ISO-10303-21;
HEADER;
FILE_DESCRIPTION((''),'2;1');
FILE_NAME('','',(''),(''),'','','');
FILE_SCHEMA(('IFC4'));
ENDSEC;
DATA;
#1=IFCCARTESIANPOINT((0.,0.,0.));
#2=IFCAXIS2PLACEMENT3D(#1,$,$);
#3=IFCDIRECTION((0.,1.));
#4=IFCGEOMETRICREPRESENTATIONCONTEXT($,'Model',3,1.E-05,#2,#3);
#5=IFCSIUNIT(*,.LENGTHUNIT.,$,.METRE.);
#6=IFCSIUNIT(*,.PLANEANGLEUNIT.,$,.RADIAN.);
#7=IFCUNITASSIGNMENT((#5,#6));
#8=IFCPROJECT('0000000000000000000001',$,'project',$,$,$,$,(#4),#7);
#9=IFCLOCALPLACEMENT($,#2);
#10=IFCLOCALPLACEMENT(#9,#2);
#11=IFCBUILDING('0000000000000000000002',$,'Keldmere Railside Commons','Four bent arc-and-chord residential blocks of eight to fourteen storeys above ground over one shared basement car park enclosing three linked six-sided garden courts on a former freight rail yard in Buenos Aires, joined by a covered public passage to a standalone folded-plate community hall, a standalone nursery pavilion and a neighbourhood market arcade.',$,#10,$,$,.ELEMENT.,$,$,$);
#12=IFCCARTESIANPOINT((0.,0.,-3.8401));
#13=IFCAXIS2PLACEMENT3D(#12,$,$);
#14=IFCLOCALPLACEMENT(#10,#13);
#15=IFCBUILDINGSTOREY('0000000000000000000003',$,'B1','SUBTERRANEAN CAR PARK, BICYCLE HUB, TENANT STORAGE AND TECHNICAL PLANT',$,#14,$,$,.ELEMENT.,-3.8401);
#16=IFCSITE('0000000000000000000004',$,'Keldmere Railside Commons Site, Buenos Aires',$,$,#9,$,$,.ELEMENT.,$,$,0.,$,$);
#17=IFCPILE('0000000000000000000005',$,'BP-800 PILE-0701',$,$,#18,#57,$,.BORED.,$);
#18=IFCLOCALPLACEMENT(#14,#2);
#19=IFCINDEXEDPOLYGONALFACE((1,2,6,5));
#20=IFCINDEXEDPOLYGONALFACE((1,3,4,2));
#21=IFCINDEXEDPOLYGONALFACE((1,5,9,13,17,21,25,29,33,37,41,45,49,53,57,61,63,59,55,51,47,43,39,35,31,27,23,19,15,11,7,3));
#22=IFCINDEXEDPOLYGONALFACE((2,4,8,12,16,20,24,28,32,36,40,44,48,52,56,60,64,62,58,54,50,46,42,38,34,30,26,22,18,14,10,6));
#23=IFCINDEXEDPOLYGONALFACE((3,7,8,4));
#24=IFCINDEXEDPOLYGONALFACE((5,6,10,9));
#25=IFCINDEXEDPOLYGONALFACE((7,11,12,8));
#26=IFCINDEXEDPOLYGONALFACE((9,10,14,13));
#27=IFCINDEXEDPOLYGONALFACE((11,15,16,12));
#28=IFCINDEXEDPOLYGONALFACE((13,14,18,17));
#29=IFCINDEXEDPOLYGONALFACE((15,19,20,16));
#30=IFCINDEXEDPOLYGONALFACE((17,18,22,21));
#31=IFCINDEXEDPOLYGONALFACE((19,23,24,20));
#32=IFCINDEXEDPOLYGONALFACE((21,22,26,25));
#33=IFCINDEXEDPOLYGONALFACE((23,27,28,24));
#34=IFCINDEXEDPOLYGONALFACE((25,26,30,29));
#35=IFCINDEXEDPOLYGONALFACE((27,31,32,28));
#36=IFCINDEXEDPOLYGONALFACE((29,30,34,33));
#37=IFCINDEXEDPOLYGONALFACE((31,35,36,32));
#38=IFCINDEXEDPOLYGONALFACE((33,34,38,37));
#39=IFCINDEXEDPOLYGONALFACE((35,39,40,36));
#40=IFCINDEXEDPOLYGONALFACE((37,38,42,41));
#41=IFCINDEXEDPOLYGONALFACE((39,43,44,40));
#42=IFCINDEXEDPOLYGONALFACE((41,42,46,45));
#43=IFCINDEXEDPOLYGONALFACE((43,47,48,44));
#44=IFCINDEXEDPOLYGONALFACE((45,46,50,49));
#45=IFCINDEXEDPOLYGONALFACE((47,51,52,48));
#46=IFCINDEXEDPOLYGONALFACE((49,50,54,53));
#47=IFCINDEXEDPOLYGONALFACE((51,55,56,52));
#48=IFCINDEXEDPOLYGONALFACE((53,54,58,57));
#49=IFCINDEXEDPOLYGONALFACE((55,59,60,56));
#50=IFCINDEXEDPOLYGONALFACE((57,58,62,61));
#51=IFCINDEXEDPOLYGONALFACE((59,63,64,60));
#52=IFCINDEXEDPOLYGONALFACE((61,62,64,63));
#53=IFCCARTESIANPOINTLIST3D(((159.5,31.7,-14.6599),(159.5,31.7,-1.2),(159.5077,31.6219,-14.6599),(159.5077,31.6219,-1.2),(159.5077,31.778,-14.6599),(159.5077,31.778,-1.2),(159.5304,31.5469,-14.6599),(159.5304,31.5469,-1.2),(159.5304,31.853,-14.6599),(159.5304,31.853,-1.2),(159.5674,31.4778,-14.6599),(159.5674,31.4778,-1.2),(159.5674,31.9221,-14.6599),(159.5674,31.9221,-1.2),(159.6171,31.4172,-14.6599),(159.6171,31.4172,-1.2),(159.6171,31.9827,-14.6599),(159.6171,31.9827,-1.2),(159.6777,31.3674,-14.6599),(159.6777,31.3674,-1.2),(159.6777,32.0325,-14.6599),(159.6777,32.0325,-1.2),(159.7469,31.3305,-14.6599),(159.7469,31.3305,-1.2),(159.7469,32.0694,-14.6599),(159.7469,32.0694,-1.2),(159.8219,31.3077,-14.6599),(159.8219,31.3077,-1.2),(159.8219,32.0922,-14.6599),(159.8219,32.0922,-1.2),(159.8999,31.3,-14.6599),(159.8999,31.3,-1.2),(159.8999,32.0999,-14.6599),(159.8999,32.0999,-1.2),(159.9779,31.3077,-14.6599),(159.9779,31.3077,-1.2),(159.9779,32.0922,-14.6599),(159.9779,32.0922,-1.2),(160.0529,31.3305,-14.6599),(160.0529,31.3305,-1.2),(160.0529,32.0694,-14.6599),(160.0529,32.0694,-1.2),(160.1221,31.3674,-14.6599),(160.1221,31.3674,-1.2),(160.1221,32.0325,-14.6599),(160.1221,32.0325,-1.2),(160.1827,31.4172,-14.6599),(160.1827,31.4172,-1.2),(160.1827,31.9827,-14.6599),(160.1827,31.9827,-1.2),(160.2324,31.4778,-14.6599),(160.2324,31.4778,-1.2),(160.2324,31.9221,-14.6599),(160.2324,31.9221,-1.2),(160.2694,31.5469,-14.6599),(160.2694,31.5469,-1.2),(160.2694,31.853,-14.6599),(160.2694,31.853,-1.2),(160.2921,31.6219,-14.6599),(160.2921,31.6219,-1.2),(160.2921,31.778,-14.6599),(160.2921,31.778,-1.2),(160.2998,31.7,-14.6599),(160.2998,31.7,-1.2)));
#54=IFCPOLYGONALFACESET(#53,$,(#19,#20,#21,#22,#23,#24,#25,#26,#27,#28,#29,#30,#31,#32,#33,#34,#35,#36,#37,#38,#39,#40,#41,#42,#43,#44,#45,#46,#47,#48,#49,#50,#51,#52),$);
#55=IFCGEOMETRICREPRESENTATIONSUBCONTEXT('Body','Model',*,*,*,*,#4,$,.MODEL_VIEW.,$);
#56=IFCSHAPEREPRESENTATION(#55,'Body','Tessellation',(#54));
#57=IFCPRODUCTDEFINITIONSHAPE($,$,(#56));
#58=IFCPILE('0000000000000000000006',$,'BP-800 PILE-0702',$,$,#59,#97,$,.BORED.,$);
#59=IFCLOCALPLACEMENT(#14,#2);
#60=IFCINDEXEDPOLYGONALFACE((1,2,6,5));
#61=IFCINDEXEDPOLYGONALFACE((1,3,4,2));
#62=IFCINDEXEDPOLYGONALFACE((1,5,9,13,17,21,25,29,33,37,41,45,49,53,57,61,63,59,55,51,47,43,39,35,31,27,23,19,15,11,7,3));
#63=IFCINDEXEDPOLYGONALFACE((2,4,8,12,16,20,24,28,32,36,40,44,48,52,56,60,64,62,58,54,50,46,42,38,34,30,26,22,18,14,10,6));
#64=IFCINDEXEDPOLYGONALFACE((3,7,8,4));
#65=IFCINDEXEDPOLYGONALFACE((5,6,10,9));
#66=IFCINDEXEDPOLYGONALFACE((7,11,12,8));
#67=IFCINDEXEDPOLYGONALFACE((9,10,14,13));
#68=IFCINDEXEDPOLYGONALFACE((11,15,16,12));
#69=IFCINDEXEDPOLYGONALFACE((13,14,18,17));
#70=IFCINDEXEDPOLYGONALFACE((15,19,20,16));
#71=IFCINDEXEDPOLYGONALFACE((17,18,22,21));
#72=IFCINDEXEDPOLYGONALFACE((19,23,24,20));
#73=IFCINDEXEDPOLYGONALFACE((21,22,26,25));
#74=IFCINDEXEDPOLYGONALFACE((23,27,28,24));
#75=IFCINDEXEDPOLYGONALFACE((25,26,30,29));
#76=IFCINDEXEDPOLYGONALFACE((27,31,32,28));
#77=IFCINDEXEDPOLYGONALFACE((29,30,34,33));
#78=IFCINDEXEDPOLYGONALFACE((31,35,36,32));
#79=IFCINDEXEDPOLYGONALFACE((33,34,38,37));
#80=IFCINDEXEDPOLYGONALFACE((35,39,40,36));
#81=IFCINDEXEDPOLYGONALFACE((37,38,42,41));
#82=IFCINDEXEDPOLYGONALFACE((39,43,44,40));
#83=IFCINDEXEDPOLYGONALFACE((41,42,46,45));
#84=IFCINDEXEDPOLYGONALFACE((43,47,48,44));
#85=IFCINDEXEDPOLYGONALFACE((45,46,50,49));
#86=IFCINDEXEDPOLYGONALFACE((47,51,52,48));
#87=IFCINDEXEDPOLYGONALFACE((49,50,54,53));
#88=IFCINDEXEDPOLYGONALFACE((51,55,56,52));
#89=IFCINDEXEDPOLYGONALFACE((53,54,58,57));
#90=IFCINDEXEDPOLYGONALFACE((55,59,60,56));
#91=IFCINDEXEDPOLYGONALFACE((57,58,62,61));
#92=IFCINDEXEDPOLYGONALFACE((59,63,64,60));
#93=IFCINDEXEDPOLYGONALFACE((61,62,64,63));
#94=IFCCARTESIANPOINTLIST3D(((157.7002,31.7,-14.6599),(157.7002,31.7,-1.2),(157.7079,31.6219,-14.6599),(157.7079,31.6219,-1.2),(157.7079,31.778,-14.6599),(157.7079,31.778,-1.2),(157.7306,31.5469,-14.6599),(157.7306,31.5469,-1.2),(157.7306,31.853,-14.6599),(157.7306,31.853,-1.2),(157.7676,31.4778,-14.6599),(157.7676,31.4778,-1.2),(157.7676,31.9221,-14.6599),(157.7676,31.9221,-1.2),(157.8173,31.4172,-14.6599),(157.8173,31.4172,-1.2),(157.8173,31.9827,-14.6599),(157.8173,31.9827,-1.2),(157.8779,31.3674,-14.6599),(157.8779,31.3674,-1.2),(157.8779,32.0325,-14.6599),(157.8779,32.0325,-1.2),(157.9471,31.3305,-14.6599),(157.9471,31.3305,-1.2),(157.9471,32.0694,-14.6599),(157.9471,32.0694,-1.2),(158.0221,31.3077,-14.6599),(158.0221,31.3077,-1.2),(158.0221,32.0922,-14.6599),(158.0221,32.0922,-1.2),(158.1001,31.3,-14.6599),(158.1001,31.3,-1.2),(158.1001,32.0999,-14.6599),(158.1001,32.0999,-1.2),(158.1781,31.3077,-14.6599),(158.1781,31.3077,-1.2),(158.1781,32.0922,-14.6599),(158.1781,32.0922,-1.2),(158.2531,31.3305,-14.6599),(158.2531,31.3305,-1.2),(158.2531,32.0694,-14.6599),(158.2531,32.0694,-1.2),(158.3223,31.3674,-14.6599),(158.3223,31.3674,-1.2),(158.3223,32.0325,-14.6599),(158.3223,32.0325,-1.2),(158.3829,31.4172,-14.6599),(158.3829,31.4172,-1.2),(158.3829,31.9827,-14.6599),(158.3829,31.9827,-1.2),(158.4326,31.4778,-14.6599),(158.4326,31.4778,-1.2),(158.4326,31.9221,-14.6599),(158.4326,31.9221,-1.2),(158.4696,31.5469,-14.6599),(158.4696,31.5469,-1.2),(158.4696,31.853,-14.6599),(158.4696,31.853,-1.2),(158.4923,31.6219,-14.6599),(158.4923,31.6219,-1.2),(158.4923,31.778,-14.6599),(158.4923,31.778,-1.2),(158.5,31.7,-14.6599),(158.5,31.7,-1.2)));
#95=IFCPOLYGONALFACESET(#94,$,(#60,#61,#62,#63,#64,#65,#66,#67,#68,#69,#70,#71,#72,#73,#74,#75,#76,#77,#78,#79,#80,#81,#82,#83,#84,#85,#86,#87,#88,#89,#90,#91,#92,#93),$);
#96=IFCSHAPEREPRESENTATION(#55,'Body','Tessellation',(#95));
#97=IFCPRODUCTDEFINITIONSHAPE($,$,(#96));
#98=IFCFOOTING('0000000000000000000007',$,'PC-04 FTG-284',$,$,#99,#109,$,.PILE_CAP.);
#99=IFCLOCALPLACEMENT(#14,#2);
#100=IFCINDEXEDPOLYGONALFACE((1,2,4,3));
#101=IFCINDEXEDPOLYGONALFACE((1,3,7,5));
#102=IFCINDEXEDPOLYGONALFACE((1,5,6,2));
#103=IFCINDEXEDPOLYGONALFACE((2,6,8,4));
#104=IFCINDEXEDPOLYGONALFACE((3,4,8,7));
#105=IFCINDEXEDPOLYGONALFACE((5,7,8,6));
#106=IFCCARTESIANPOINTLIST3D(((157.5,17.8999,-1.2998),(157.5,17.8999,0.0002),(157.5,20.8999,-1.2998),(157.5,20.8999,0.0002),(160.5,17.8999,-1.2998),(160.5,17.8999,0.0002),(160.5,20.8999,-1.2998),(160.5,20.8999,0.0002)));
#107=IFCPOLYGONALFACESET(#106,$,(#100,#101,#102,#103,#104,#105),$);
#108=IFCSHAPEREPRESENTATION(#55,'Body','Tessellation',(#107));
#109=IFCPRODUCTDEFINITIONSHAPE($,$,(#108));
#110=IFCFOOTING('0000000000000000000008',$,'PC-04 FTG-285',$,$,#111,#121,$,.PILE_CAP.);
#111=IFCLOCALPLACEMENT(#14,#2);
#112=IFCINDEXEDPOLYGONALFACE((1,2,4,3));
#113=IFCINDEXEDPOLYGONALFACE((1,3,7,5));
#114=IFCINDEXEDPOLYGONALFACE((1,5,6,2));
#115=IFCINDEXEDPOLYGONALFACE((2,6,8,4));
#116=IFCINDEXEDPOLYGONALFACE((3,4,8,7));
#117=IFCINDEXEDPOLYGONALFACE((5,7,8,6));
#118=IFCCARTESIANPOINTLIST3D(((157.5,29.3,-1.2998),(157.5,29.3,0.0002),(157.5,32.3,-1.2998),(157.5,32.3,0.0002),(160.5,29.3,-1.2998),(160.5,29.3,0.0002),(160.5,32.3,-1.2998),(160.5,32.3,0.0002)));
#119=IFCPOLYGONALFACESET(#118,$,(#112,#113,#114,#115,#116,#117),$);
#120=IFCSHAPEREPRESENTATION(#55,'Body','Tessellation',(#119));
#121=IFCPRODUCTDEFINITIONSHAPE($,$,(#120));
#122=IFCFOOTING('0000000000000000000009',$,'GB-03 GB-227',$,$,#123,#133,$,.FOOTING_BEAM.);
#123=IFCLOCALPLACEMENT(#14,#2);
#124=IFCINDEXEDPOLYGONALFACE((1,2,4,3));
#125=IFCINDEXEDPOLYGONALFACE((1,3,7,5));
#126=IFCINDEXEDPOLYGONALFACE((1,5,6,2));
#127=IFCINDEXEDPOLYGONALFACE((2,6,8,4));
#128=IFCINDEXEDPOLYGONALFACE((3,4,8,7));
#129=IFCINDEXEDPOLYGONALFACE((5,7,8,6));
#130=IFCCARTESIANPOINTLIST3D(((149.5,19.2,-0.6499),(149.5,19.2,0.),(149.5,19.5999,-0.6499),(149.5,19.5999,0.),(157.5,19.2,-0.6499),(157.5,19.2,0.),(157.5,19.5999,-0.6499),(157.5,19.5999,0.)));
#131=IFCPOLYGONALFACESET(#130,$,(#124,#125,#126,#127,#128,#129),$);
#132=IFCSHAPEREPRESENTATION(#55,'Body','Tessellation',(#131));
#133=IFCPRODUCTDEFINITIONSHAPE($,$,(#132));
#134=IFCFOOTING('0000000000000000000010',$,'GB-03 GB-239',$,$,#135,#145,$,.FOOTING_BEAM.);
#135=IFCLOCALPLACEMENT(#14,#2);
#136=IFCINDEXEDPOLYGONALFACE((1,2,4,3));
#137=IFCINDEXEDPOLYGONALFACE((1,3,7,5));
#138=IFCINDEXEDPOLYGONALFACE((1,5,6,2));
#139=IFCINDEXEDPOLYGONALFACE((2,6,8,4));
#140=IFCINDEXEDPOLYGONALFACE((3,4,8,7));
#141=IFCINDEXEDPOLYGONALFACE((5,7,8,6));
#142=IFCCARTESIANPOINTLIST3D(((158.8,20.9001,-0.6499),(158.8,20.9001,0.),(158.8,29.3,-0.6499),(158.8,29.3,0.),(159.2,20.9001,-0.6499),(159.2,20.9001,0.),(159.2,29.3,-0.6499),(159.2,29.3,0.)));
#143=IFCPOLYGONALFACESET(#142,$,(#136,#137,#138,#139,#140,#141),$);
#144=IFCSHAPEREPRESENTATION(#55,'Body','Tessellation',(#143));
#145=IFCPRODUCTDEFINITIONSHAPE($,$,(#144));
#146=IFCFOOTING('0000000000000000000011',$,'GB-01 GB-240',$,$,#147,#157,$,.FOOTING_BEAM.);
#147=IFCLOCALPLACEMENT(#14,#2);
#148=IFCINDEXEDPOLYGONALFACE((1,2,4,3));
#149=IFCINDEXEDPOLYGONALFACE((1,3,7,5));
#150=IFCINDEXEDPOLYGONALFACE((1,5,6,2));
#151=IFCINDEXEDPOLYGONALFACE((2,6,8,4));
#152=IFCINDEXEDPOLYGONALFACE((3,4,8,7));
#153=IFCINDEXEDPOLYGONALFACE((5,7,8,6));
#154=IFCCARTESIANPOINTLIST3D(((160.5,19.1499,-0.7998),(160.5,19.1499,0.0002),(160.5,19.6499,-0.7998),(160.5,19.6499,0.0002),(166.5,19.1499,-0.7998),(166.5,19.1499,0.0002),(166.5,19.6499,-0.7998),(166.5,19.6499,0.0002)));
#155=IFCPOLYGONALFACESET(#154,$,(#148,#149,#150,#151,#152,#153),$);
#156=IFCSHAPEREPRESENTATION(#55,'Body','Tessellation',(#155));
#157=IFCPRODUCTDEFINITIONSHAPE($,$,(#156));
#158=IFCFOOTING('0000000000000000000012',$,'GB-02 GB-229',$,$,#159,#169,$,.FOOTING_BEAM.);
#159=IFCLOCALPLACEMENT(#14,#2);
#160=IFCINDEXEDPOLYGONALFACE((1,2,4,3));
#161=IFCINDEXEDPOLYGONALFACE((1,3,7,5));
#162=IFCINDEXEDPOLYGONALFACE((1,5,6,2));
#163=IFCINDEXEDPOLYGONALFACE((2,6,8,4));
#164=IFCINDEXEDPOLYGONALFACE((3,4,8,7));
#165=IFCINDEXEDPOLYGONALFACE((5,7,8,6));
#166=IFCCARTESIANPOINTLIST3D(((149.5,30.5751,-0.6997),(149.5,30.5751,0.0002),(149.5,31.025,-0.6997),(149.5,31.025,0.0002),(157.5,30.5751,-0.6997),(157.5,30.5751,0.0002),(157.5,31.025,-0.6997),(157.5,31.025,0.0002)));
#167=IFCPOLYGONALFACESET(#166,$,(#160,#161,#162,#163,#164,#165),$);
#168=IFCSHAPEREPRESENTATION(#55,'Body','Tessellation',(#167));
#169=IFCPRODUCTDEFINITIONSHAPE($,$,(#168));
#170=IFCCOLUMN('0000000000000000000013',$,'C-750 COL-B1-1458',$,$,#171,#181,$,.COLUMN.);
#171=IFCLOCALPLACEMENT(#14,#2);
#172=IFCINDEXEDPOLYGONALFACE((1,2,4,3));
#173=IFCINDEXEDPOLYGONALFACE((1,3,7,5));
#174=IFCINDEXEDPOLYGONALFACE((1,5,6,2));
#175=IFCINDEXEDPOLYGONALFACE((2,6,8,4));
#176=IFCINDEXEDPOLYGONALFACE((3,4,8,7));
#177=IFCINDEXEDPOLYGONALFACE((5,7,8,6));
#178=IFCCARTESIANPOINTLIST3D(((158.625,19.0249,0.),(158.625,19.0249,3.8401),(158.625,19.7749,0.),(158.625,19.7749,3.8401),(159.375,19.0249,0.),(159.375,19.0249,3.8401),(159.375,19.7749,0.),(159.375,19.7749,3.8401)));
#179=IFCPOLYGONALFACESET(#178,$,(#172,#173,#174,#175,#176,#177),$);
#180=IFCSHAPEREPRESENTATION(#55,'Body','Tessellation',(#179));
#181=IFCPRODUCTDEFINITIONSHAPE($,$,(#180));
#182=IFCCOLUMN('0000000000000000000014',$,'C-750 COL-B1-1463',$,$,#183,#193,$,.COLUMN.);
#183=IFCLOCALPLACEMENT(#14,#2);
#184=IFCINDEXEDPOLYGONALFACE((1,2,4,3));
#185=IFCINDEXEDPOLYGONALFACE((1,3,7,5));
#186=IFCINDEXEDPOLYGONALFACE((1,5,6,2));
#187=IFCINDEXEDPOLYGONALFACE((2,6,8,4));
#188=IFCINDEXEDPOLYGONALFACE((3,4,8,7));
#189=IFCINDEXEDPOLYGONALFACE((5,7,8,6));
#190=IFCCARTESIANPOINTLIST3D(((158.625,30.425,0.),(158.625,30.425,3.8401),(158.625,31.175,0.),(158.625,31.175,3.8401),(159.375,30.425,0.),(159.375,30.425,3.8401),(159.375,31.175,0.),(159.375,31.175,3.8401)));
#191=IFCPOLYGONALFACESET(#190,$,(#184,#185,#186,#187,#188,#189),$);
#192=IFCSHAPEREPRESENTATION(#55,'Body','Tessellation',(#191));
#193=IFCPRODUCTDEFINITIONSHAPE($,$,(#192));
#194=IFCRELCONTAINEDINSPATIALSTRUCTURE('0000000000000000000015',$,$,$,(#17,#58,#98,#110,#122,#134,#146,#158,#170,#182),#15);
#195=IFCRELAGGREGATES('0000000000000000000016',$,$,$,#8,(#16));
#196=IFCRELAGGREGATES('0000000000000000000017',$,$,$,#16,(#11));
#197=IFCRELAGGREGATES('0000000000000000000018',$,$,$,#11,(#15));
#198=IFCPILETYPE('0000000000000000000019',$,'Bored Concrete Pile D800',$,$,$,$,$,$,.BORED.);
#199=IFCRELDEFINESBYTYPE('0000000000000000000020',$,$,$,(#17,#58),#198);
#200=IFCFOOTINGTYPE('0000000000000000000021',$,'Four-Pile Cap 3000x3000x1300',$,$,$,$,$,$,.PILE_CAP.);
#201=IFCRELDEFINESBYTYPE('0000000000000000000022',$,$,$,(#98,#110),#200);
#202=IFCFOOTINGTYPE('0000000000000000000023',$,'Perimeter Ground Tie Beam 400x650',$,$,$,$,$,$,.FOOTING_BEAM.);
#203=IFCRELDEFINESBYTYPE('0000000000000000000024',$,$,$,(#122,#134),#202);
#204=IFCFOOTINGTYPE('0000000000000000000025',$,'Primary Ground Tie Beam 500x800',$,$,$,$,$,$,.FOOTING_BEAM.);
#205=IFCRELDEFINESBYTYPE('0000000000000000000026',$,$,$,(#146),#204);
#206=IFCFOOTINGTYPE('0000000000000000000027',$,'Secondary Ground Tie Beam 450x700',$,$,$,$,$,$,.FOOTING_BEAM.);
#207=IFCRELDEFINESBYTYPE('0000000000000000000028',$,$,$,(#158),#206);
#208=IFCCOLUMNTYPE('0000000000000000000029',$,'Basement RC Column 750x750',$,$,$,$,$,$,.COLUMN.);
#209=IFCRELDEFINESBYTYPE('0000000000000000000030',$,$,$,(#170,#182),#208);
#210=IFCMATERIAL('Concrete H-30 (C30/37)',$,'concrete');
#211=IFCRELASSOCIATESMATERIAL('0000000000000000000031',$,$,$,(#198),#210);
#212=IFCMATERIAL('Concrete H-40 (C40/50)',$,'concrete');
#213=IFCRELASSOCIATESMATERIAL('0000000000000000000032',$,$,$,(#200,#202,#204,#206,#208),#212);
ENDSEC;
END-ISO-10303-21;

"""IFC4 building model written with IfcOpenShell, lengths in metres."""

from ifc_helpers import new_model, si_unit, direction, frame, origin, origin_2d, place, context, subcontext, project, spatial, rectangle, circle, extrude, material, material_profile, profile_set, type_object, element, save


model = new_model("IFC4")

# Units and contexts
model_context = context("Model", 3, precision=1e-05, world=origin(), true_north=direction((0.0, 1.0)))
body_context = subcontext(model_context, "Body", "Model", "MODEL_VIEW")
ifc_project = project(units=[si_unit("LENGTHUNIT", "METRE"), si_unit("PLANEANGLEUNIT", "RADIAN")], contexts=[model_context])

# Site, building, storey
site_placement = place(None, origin())
site = spatial("IfcSite", under=ifc_project, at=site_placement, Name="Keldmere Railside Commons Site, Buenos Aires", CompositionType="ELEMENT", RefElevation=0.0)
building_placement = place(site_placement, origin())
building = spatial("IfcBuilding", under=site, at=building_placement, Name="Keldmere Railside Commons", Description="Four bent arc-and-chord residential blocks of eight to fourteen storeys above ground over one shared basement car park enclosing three linked six-sided garden courts on a former freight rail yard in Buenos Aires, joined by a covered public passage to a standalone folded-plate community hall, a standalone nursery pavilion and a neighbourhood market arcade.", CompositionType="ELEMENT")
storey_placement = place(building_placement, frame((0.0, 0.0, -3.8401)))
storey = spatial("IfcBuildingStorey", under=building, at=storey_placement, Name="B1", Description="SUBTERRANEAN CAR PARK, BICYCLE HUB, TENANT STORAGE AND TECHNICAL PLANT", CompositionType="ELEMENT", Elevation=-3.8401)

# Piles
ifc_material_1 = material(Name="Concrete H-30 (C30/37)", Category="concrete")
ifc_material_profile_1 = material_profile(ifc_material_1, circle(Radius=0.3999, at=origin_2d()), Name="PILE-D800")
ifc_profile_set_1 = profile_set([ifc_material_profile_1], Name="Concrete H-30 (C30/37)")
pile_type = type_object("IfcPileType", Name="Bored Concrete Pile D800", PredefinedType="BORED", material=ifc_profile_set_1)
for number, where, z_axis, x_axis, name in (
    (1, (159.8999, 31.7, -1.2), (0.0, 0.0, -1.0), (1.0, 0.0, 0.0), "BP-800 PILE-0701"),
    (2, (158.1001, 31.7, -1.2), (0.0, 0.0, -1.0), (1.0, 0.0, 0.0), "BP-800 PILE-0702"),
):
    element("IfcPile", number, at=place(storey_placement, frame(where, z_axis=z_axis, x_axis=x_axis)), inside=storey, type_object=pile_type, Name=name, PredefinedType="BORED", context=body_context, shape_type="SweptSolid", body=[
        extrude(circle(Radius=0.3999, at=origin_2d()), origin(), (0.0, 0.0, 1.0), 13.46),
    ])

# Footings
ifc_material_2 = material(Name="Concrete H-40 (C40/50)", Category="concrete")
footing_type_1 = type_object("IfcFootingType", Name="Four-Pile Cap 3000x3000x1300", PredefinedType="PILE_CAP", material=ifc_material_2)
for number, where, z_axis, x_axis, name in (
    (3, (159.0, 19.3999, -1.2998), (0.0, 0.0, 1.0), (1.0, 0.0, 0.0), "PC-04 FTG-284"),
    (4, (159.0, 30.8, -1.2998), (0.0, 0.0, 1.0), (1.0, 0.0, 0.0), "PC-04 FTG-285"),
):
    element("IfcFooting", number, at=place(storey_placement, frame(where, z_axis=z_axis, x_axis=x_axis)), inside=storey, type_object=footing_type_1, Name=name, PredefinedType="PILE_CAP", context=body_context, shape_type="SweptSolid", body=[
        extrude(rectangle(XDim=3.0, YDim=3.0, at=origin_2d()), origin(), (0.0, 0.0, 1.0), 1.3),
    ])
footing_type_2 = type_object("IfcFootingType", Name="Perimeter Ground Tie Beam 400x650", PredefinedType="FOOTING_BEAM", material=ifc_material_2)
footing_1_placement = place(storey_placement, frame((153.5, 19.3999, -0.6499), z_axis=(0.0, 0.0, 1.0), x_axis=(1.0, 0.0, 0.0)))
element("IfcFooting", 5, at=footing_1_placement, inside=storey, type_object=footing_type_2, Name="GB-03 GB-227", PredefinedType="FOOTING_BEAM", context=body_context, shape_type="SweptSolid", body=[
    extrude(rectangle(XDim=8.0, YDim=0.3999, at=origin_2d()), origin(), (0.0, 0.0, 1.0), 0.6499),
])
footing_2_placement = place(storey_placement, frame((159.0, 25.1001, -0.6499), z_axis=(0.0, 0.0, 1.0), x_axis=(0.0, 1.0, 0.0)))
element("IfcFooting", 6, at=footing_2_placement, inside=storey, type_object=footing_type_2, Name="GB-03 GB-239", PredefinedType="FOOTING_BEAM", context=body_context, shape_type="SweptSolid", body=[
    extrude(rectangle(XDim=8.3999, YDim=0.3999, at=origin_2d()), origin(), (0.0, 0.0, 1.0), 0.6499),
])
footing_type_3 = type_object("IfcFootingType", Name="Primary Ground Tie Beam 500x800", PredefinedType="FOOTING_BEAM", material=ifc_material_2)
footing_3_placement = place(storey_placement, frame((163.5, 19.3999, -0.7998), z_axis=(0.0, 0.0, 1.0), x_axis=(1.0, 0.0, 0.0)))
element("IfcFooting", 7, at=footing_3_placement, inside=storey, type_object=footing_type_3, Name="GB-01 GB-240", PredefinedType="FOOTING_BEAM", context=body_context, shape_type="SweptSolid", body=[
    extrude(rectangle(XDim=6.0, YDim=0.5, at=origin_2d()), origin(), (0.0, 0.0, 1.0), 0.8),
])
footing_type_4 = type_object("IfcFootingType", Name="Secondary Ground Tie Beam 450x700", PredefinedType="FOOTING_BEAM", material=ifc_material_2)
footing_4_placement = place(storey_placement, frame((153.5, 30.8, -0.6997), z_axis=(0.0, 0.0, 1.0), x_axis=(1.0, 0.0, 0.0)))
element("IfcFooting", 8, at=footing_4_placement, inside=storey, type_object=footing_type_4, Name="GB-02 GB-229", PredefinedType="FOOTING_BEAM", context=body_context, shape_type="SweptSolid", body=[
    extrude(rectangle(XDim=8.0, YDim=0.45, at=origin_2d()), origin(), (0.0, 0.0, 1.0), 0.7),
])

# Columns
ifc_material_profile_2 = material_profile(ifc_material_2, rectangle(XDim=0.75, YDim=0.75, at=origin_2d()), Name="RC-750x750")
ifc_profile_set_2 = profile_set([ifc_material_profile_2], Name="Concrete H-40 (C40/50)")
column_type = type_object("IfcColumnType", Name="Basement RC Column 750x750", PredefinedType="COLUMN", material=ifc_profile_set_2)
for number, where, z_axis, x_axis, name in (
    (9, (159.0, 19.3999, 0.0), (0.0, 0.0, 1.0), (1.0, 0.0, 0.0), "C-750 COL-B1-1458"),
    (10, (159.0, 30.8, 0.0), (0.0, 0.0, 1.0), (1.0, 0.0, 0.0), "C-750 COL-B1-1463"),
):
    element("IfcColumn", number, at=place(storey_placement, frame(where, z_axis=z_axis, x_axis=x_axis)), inside=storey, type_object=column_type, Name=name, PredefinedType="COLUMN", context=body_context, shape_type="SweptSolid", body=[
        extrude(rectangle(XDim=0.75, YDim=0.75, at=origin_2d()), origin(), (0.0, 0.0, 1.0), 3.8401),
    ])

save(model, "model.ifc")
